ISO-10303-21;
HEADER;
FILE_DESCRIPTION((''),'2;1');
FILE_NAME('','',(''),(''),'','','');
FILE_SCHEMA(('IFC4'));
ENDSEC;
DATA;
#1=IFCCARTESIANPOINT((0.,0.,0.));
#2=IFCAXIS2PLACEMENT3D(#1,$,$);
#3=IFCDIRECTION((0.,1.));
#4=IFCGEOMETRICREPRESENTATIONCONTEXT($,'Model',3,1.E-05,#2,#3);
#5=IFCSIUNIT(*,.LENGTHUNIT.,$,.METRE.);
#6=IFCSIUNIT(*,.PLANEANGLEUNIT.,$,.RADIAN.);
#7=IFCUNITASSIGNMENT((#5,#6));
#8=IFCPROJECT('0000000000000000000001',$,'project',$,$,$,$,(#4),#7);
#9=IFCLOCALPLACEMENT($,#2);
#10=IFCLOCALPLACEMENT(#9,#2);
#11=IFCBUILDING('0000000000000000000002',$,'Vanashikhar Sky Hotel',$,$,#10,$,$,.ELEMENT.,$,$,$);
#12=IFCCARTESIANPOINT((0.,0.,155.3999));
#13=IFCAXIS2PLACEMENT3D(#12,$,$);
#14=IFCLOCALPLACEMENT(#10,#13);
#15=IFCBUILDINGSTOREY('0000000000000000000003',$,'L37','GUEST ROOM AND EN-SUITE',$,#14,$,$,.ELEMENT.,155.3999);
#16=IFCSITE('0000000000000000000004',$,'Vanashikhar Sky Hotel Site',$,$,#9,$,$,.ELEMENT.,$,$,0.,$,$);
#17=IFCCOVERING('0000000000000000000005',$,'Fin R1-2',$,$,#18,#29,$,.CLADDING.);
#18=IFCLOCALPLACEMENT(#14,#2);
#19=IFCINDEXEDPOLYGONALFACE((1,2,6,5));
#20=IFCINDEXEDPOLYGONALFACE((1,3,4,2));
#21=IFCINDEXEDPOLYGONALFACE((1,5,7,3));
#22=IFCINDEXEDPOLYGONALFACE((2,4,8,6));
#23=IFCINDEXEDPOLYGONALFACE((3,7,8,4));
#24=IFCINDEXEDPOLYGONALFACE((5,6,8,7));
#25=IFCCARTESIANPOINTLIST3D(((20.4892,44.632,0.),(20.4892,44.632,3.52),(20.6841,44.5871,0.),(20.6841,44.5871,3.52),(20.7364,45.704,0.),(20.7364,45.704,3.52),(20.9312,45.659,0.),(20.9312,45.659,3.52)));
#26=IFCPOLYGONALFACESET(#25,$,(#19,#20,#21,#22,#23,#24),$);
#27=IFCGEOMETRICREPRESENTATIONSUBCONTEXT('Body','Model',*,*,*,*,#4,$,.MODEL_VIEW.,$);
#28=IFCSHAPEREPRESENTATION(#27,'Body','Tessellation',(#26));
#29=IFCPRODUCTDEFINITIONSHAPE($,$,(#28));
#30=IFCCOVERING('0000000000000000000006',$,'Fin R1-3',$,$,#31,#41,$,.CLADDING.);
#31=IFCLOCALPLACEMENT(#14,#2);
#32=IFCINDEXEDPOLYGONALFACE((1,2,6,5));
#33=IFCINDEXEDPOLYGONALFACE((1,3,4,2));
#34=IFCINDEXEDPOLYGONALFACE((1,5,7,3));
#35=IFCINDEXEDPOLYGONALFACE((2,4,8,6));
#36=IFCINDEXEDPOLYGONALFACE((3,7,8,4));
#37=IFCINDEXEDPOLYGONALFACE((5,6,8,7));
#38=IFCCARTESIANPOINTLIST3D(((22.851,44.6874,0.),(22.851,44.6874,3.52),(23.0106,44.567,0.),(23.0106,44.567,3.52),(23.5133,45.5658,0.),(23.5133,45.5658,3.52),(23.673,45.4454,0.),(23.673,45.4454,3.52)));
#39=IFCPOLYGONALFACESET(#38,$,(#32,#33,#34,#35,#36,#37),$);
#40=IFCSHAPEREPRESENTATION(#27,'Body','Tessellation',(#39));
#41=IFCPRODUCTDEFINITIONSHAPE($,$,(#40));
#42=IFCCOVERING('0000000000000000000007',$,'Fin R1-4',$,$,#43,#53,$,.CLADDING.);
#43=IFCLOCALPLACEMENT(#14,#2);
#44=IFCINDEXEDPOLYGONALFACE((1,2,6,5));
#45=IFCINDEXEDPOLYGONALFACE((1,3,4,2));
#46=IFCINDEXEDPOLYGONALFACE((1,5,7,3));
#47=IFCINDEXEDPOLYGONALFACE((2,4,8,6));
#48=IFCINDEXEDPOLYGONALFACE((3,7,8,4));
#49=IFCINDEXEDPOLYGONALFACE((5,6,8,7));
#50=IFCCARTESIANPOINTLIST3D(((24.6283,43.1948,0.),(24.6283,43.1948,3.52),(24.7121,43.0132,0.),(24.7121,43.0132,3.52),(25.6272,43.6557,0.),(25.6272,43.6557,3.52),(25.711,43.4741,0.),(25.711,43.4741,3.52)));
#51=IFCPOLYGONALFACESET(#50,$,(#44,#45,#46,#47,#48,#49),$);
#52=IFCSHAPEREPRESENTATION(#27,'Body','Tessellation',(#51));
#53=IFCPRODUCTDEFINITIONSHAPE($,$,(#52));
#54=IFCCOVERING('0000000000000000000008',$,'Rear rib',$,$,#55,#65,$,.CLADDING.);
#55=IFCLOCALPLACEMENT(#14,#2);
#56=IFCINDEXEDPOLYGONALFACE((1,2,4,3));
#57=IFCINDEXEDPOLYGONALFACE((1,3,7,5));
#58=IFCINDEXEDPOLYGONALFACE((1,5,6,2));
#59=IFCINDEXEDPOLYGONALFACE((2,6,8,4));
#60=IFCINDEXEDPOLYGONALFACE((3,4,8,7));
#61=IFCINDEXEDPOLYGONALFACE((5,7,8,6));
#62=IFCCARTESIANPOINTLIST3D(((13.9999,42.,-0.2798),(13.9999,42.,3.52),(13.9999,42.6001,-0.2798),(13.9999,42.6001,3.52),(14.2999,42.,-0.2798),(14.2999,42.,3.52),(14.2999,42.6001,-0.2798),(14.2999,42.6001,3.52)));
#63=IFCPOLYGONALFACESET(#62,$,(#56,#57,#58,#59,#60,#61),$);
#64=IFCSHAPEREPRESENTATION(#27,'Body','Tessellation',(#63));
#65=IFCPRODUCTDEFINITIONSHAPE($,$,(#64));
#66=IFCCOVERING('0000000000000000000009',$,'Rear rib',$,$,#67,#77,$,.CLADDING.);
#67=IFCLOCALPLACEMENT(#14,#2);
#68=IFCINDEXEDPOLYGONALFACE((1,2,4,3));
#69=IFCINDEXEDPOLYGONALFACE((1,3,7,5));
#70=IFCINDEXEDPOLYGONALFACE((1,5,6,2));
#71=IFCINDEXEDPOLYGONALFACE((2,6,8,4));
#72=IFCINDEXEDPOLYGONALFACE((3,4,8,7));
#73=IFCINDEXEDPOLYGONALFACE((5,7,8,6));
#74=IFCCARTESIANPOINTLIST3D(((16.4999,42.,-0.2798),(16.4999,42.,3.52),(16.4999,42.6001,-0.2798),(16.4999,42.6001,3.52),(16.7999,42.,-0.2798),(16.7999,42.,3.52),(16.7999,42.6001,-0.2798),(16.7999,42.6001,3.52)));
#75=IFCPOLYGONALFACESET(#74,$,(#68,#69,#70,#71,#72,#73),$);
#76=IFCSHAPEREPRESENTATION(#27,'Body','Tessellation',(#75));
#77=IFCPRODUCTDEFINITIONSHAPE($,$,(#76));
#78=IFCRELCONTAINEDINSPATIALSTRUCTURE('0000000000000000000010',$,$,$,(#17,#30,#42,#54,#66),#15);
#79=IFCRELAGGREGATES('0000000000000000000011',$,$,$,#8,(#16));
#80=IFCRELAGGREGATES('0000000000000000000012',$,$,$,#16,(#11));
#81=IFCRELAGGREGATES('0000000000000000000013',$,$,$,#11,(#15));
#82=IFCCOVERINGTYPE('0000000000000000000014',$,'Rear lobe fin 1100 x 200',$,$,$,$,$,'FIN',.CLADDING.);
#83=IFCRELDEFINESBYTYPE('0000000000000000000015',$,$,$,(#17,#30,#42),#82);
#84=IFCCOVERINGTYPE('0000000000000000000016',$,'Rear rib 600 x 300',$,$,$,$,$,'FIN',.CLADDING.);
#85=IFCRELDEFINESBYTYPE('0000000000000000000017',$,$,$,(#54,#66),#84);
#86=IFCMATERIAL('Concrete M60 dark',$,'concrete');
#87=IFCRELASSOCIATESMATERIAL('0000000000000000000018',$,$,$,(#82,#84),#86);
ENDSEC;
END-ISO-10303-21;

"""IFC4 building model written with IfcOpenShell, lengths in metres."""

from ifc_helpers import new_model, si_unit, direction, frame, origin, origin_2d, place, context, subcontext, project, spatial, rectangle, extrude, source, transform, mapped, material, material_profile, profile_set, type_object, element, save


model = new_model("IFC4")

# Units and contexts
model_context = context("Model", 3, precision=1e-05, world=origin(), true_north=direction((0.0, 1.0)))
body_context = subcontext(model_context, "Body", "Model", "MODEL_VIEW")
ifc_project = project(units=[si_unit("LENGTHUNIT", "METRE"), si_unit("PLANEANGLEUNIT", "RADIAN")], contexts=[model_context])

# Site, building, storey
site_placement = place(None, origin())
site = spatial("IfcSite", under=ifc_project, at=site_placement, Name="Vanashikhar Sky Hotel Site", CompositionType="ELEMENT", RefElevation=0.0)
building_placement = place(site_placement, origin())
building = spatial("IfcBuilding", under=site, at=building_placement, Name="Vanashikhar Sky Hotel", CompositionType="ELEMENT")
storey_placement = place(building_placement, frame((0.0, 0.0, 155.3999)))
storey = spatial("IfcBuildingStorey", under=building, at=storey_placement, Name="L37", Description="GUEST ROOM AND EN-SUITE", CompositionType="ELEMENT", Elevation=155.3999)

# Coverings
ifc_material_1 = material(Name="Concrete M60 dark", Category="concrete")
ifc_material_profile_1 = material_profile(ifc_material_1, rectangle(XDim=1.1001, YDim=0.2, at=origin_2d()))
ifc_profile_set_1 = profile_set([ifc_material_profile_1], Name="Rear lobe fin 1100 x 200")
covering_type_1 = type_object("IfcCoveringType", Name="Rear lobe fin 1100 x 200", ElementType="FIN", PredefinedType="CLADDING", material=ifc_profile_set_1)
shared_shape_1 = source(origin(), body_context, "Body", "SweptSolid", [
    extrude(rectangle(XDim=1.1001, YDim=0.2, at=origin_2d()), origin(), (0.0, 0.0, 1.0), 3.52),
])
for number, where, z_axis, x_axis, name in (
    (1, (20.7102, 45.1455, 0.0), (0.0, 0.0, 1.0), (0.224645, 0.974441, 0.0), "Fin R1-2"),
    (2, (23.262, 45.0664, 0.0), (0.0, 0.0, 1.0), (0.602066, 0.798446, 0.0), "Fin R1-3"),
    (3, (25.1697, 43.3345, 0.0), (0.0, 0.0, 1.0), (0.908004, 0.418961, 0.0), "Fin R1-4"),
):
    element("IfcCovering", number, at=place(storey_placement, frame(where, z_axis=z_axis, x_axis=x_axis)), inside=storey, type_object=covering_type_1, Name=name, PredefinedType="CLADDING", context=body_context, shape_type="MappedRepresentation", body=[
        mapped(shared_shape_1, transform((0.0, 0.0, 0.0), scale=1.0)),
    ])
ifc_material_profile_2 = material_profile(ifc_material_1, rectangle(XDim=0.6001, YDim=0.3, at=origin_2d()))
ifc_profile_set_2 = profile_set([ifc_material_profile_2], Name="Rear rib 600 x 300")
covering_type_2 = type_object("IfcCoveringType", Name="Rear rib 600 x 300", ElementType="FIN", PredefinedType="CLADDING", material=ifc_profile_set_2)
shared_shape_2 = source(origin(), body_context, "Body", "SweptSolid", [
    extrude(rectangle(XDim=0.6001, YDim=0.3, at=origin_2d()), origin(), (0.0, 0.0, 1.0), 3.7998),
])
for number, where, z_axis, x_axis, name in (
    (4, (14.1499, 42.3, -0.2798), (0.0, 0.0, 1.0), (0.0, 1.0, 0.0), "Rear rib"),
    (5, (16.6499, 42.3, -0.2798), (0.0, 0.0, 1.0), (0.0, 1.0, 0.0), "Rear rib"),
):
    element("IfcCovering", number, at=place(storey_placement, frame(where, z_axis=z_axis, x_axis=x_axis)), inside=storey, type_object=covering_type_2, Name=name, PredefinedType="CLADDING", context=body_context, shape_type="MappedRepresentation", body=[
        mapped(shared_shape_2, transform((0.0, 0.0, 0.0), scale=1.0)),
    ])

save(model, "model.ifc")
